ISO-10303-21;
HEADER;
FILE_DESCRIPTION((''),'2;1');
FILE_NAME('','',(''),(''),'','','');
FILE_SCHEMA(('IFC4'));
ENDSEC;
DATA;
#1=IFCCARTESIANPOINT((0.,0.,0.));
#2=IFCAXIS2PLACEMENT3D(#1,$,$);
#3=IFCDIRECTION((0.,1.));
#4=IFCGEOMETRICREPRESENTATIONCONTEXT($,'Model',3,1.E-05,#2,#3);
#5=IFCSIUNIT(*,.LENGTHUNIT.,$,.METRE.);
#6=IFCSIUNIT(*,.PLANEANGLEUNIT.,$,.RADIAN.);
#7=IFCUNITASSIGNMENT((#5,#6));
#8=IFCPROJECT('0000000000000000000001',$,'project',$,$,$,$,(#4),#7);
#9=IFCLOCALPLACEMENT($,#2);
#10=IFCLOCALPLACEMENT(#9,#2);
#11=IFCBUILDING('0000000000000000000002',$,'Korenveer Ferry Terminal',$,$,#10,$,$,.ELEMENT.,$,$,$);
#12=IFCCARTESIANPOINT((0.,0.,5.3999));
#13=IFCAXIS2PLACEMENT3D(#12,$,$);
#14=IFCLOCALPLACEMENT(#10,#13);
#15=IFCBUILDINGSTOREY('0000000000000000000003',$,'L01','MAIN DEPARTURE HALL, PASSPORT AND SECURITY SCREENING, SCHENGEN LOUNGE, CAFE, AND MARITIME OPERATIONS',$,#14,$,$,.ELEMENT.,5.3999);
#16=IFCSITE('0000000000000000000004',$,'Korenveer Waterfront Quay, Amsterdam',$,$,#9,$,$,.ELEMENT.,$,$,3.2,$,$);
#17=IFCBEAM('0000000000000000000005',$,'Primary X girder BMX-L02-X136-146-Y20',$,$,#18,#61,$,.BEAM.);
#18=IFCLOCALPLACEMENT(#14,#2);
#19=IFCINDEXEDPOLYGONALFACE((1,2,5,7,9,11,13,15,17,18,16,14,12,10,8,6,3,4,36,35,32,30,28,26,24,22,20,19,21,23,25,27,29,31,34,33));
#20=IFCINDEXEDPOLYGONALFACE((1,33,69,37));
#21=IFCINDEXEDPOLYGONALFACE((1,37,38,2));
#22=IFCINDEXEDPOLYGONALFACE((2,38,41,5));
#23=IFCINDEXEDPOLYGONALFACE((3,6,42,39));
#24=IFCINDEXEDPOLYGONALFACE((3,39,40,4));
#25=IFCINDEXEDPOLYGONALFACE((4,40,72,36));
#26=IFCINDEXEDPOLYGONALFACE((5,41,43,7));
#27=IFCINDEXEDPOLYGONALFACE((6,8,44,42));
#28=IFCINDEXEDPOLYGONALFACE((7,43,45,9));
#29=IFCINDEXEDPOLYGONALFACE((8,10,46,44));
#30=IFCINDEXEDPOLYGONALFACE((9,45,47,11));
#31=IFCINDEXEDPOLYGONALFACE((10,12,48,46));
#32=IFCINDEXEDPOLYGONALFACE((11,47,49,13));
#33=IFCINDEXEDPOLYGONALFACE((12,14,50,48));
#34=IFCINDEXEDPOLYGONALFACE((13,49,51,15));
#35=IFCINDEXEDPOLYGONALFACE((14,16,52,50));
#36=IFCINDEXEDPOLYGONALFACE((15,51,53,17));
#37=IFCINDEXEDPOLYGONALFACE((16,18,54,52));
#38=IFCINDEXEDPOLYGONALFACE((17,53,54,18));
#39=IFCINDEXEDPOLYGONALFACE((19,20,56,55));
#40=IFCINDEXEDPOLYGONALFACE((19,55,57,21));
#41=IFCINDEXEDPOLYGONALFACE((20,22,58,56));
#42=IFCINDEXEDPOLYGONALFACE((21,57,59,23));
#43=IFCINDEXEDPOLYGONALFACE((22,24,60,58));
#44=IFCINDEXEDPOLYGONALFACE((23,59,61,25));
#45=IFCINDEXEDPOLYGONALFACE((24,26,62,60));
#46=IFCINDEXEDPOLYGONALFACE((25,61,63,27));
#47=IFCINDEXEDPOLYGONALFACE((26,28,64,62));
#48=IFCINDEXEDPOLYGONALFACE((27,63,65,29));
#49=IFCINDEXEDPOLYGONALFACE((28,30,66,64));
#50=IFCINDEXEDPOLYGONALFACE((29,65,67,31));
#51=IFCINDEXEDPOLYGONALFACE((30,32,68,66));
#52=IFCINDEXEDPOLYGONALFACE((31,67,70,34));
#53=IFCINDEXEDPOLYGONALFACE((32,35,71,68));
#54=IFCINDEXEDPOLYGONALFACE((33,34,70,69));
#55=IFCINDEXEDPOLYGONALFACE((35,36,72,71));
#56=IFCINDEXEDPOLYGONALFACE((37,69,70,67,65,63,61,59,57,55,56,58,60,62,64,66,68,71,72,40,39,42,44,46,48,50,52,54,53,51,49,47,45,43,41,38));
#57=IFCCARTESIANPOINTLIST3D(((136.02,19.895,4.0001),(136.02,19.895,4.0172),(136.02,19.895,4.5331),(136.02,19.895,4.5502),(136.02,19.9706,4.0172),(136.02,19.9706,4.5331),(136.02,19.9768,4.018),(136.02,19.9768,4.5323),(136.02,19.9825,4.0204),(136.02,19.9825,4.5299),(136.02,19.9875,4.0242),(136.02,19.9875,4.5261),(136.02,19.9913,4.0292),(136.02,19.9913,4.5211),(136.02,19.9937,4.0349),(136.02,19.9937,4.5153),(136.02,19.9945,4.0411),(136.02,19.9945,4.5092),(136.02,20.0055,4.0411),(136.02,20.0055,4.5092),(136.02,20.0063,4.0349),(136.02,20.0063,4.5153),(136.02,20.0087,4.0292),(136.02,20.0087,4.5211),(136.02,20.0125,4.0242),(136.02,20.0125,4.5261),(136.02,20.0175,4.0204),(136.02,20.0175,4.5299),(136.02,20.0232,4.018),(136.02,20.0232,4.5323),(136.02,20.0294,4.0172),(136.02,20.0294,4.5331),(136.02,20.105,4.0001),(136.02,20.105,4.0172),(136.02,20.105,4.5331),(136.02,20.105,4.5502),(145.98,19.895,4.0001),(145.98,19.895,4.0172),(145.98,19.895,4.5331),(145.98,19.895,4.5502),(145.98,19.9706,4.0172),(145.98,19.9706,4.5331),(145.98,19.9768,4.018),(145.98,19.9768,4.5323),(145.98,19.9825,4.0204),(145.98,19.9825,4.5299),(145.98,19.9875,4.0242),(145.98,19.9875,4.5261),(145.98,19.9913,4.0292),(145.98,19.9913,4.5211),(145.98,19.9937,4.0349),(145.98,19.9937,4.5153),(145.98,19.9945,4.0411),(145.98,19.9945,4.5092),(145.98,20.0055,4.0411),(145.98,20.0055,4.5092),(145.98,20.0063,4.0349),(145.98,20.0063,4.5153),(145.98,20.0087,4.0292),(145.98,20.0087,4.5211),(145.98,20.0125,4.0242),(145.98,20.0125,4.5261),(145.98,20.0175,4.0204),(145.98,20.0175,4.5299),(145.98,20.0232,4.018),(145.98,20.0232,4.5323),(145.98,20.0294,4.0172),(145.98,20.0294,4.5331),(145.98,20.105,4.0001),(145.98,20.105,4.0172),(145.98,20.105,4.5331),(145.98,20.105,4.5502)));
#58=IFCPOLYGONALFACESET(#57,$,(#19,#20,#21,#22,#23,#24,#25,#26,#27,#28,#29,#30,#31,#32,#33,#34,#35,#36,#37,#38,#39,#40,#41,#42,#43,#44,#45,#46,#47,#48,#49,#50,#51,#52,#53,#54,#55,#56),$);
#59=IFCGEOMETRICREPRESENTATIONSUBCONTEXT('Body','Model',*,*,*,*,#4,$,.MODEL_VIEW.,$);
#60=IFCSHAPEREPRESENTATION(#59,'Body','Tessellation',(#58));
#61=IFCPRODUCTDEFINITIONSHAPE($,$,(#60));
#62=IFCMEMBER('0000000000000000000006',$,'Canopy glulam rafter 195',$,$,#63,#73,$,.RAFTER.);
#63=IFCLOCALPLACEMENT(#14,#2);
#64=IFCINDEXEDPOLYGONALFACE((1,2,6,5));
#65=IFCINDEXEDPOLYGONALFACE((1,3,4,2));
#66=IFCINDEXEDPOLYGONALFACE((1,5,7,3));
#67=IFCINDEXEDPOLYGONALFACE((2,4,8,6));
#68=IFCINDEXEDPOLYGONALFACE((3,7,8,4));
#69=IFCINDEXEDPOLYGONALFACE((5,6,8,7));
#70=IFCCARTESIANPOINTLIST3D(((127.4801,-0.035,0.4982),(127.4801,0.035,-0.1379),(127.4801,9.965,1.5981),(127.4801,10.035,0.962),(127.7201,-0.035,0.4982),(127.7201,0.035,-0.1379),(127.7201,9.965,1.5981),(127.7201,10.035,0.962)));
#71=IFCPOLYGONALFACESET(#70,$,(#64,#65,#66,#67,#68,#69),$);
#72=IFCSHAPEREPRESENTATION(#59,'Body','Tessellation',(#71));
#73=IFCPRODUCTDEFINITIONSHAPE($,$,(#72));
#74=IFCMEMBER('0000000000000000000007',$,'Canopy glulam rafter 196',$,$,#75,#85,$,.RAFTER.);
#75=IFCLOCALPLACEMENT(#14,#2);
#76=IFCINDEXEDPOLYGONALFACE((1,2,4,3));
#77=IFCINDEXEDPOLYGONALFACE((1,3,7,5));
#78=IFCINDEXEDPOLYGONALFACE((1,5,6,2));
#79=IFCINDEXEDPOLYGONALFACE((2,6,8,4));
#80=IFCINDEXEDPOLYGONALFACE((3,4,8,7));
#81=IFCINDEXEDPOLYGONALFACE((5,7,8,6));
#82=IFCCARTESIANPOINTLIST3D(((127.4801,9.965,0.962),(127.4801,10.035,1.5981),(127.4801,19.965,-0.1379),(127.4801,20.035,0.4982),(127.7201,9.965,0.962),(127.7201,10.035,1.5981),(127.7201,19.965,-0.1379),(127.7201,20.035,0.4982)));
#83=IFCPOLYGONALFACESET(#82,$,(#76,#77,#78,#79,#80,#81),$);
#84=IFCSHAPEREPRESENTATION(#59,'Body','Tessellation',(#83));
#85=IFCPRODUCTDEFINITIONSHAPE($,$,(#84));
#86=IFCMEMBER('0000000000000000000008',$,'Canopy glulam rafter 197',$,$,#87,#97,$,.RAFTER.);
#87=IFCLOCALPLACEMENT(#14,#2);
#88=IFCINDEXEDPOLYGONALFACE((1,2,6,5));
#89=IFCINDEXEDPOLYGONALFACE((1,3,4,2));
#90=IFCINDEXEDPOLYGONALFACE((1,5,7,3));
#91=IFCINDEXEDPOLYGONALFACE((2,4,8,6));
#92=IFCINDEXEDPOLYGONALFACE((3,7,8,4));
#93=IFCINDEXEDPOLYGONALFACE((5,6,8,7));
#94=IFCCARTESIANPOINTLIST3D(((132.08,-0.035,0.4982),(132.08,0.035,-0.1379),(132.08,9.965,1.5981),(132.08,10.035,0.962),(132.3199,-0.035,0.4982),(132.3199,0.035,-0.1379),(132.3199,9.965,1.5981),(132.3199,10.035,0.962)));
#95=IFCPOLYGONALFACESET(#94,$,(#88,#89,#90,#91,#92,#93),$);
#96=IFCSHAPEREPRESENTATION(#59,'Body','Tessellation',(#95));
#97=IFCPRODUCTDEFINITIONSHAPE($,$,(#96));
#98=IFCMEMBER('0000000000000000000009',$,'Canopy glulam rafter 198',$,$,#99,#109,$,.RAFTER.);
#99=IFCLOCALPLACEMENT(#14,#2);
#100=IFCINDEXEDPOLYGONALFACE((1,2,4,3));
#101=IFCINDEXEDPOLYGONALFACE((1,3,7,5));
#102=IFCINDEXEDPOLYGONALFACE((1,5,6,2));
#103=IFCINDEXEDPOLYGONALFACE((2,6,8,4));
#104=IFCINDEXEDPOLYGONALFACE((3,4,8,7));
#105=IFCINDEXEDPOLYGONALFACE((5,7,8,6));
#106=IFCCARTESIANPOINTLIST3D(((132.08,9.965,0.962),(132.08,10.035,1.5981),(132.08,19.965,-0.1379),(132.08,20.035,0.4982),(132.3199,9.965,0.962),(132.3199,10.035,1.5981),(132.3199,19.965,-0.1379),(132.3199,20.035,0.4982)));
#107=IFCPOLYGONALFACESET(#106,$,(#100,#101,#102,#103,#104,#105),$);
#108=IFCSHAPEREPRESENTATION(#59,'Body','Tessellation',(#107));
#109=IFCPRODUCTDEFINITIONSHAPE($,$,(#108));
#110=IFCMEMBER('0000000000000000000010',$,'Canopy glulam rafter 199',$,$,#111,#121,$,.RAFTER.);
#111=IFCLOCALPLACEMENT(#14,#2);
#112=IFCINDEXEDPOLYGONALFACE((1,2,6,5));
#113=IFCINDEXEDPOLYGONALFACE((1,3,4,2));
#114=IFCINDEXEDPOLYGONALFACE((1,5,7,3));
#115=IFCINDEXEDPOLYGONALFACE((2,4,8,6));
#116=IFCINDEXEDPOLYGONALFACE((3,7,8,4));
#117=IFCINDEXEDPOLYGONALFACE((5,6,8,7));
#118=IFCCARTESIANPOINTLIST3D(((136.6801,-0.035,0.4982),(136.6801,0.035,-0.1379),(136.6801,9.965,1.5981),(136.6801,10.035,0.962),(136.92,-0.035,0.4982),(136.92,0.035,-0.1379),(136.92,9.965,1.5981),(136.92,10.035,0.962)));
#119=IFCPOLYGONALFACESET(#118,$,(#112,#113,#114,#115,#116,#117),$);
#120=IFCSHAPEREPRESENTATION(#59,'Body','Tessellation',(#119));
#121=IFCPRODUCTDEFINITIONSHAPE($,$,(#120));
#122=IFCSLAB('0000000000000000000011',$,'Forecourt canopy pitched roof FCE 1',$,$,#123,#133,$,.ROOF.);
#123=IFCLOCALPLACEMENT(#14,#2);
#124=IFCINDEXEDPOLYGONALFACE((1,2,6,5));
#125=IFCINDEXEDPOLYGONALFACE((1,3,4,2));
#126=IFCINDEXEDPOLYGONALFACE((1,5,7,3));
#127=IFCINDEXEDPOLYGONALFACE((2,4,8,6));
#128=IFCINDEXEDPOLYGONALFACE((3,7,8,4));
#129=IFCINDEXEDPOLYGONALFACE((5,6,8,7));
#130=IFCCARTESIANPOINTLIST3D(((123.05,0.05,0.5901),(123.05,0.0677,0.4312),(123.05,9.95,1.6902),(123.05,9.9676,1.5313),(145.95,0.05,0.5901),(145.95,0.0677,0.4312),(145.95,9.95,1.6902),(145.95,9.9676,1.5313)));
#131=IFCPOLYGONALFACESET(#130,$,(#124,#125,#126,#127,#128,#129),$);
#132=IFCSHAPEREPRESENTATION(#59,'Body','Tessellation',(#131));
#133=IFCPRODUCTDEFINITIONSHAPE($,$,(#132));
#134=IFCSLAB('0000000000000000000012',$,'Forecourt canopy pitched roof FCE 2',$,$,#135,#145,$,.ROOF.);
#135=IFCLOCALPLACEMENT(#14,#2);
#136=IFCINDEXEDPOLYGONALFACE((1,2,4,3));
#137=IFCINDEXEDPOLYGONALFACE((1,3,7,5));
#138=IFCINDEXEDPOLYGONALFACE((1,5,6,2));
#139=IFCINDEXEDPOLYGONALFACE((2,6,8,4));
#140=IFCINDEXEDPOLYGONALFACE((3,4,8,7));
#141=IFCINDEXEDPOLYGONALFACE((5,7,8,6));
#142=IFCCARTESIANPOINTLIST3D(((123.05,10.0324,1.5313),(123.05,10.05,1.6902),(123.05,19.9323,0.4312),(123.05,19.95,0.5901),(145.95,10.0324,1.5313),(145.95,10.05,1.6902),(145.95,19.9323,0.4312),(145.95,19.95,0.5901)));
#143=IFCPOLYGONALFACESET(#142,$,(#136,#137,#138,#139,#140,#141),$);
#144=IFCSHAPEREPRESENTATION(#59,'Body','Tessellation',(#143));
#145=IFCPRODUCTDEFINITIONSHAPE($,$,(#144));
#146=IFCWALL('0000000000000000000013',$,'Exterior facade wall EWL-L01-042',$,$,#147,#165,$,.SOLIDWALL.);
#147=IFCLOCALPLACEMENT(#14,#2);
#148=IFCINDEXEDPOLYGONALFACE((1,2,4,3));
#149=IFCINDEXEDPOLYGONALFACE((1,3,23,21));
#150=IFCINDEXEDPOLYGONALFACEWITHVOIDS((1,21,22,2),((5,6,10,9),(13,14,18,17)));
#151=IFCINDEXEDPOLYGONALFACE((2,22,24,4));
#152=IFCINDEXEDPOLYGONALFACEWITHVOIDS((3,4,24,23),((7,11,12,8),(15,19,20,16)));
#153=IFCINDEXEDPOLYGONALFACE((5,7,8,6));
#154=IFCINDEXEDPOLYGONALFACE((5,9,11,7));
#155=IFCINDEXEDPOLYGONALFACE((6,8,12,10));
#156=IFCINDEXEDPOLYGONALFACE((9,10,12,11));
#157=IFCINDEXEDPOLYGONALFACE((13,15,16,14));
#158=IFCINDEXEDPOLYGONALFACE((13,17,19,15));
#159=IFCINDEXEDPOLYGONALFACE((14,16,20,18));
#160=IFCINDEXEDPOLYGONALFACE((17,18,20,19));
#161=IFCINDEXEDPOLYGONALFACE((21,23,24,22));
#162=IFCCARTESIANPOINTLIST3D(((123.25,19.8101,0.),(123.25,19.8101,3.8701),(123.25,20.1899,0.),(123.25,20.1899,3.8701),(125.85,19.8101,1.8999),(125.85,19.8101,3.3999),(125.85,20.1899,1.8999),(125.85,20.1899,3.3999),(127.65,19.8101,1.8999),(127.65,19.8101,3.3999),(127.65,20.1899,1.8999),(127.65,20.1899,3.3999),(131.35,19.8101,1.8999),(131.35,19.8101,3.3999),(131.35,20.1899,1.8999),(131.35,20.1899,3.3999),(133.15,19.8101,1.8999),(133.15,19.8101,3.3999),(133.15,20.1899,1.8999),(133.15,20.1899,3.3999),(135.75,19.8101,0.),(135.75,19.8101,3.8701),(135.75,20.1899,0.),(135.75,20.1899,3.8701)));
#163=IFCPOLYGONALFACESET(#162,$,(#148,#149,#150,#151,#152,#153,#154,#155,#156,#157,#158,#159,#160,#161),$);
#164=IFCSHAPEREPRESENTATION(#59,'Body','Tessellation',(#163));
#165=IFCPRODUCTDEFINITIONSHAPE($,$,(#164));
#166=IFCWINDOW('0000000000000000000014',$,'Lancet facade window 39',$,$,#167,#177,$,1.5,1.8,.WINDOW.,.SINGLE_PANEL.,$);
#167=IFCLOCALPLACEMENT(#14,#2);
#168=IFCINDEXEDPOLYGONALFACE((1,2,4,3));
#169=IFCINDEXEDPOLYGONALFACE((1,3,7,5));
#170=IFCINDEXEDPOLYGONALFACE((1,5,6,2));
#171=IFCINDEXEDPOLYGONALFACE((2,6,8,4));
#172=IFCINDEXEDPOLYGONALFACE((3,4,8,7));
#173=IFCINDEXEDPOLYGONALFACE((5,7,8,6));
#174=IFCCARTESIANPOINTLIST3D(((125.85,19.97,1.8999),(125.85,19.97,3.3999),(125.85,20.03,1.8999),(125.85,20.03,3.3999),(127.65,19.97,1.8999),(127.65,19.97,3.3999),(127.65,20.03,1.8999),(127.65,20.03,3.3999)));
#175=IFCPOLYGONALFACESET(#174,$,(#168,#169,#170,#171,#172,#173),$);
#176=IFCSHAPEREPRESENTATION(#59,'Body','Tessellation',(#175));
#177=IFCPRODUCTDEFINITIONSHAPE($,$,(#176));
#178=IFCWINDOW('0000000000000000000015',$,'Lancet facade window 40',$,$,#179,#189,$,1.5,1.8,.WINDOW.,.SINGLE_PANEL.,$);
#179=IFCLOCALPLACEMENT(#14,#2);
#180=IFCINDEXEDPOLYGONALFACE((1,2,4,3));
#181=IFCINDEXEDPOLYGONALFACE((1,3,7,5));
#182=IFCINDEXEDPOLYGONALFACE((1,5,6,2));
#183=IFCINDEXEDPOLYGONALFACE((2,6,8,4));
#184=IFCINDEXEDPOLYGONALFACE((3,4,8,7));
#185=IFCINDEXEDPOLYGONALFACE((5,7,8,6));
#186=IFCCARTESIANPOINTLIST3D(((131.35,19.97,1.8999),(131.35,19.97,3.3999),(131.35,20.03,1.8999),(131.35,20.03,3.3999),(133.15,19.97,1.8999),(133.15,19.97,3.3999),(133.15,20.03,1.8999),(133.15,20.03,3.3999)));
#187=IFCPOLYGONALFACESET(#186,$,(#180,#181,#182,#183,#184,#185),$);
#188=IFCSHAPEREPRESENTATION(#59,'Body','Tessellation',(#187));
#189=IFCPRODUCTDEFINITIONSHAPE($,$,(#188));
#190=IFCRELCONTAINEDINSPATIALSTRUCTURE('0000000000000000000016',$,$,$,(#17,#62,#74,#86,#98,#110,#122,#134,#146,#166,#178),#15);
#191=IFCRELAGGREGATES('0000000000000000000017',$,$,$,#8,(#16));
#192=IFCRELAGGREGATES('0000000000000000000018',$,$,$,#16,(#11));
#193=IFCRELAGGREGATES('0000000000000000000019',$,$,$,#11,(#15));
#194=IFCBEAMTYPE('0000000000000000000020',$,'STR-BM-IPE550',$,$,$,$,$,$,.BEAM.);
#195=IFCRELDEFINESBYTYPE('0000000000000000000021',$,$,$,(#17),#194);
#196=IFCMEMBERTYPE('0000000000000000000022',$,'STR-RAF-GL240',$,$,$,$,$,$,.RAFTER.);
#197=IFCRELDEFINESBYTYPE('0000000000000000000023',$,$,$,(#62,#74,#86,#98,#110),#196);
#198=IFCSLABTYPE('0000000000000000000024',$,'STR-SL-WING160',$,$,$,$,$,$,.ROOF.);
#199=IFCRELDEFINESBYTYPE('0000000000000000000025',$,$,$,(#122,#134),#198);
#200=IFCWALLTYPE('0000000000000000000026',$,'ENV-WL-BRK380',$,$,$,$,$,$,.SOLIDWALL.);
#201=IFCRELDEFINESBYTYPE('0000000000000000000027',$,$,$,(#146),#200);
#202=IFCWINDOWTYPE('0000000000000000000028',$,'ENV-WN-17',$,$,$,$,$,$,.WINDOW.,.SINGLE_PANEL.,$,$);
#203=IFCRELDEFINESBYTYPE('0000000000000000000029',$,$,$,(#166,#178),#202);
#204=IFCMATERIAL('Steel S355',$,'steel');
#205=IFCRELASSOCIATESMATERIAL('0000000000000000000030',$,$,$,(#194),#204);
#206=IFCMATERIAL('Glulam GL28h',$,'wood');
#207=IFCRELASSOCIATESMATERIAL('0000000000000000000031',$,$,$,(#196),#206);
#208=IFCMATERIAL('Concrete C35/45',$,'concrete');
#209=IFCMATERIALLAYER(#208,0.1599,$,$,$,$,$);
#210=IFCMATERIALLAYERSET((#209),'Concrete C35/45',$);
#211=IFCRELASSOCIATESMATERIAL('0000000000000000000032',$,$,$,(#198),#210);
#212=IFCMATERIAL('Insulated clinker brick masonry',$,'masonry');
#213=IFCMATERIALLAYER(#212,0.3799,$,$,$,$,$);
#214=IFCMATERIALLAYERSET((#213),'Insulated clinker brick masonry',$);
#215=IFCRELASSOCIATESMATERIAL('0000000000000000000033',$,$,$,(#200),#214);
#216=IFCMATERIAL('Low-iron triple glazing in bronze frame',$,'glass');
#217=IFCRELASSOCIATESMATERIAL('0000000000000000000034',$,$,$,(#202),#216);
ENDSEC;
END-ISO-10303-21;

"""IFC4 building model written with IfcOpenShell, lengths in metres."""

from ifc_helpers import new_model, si_unit, direction, frame, frame_2d, origin, origin_2d, place, context, subcontext, project, spatial, polyline, rectangle, i_section, outline, extrude, material, layer, layer_set, material_profile, profile_set, type_object, element, fill, save


model = new_model("IFC4")

# Units and contexts
model_context = context("Model", 3, precision=1e-05, world=origin(), true_north=direction((0.0, 1.0)))
body_context = subcontext(model_context, "Body", "Model", "MODEL_VIEW")
ifc_project = project(units=[si_unit("LENGTHUNIT", "METRE"), si_unit("PLANEANGLEUNIT", "RADIAN")], contexts=[model_context])

# Site, building, storey
site_placement = place(None, origin())
site = spatial("IfcSite", under=ifc_project, at=site_placement, Name="Korenveer Waterfront Quay, Amsterdam", CompositionType="ELEMENT", RefElevation=3.2)
building_placement = place(site_placement, origin())
building = spatial("IfcBuilding", under=site, at=building_placement, Name="Korenveer Ferry Terminal", CompositionType="ELEMENT")
storey_placement = place(building_placement, frame((0.0, 0.0, 5.3999)))
storey = spatial("IfcBuildingStorey", under=building, at=storey_placement, Name="L01", Description="MAIN DEPARTURE HALL, PASSPORT AND SECURITY SCREENING, SCHENGEN LOUNGE, CAFE, AND MARITIME OPERATIONS", CompositionType="ELEMENT", Elevation=5.3999)

# Beam
ifc_material_1 = material(Name="Steel S355", Category="steel")
ifc_material_profile_1 = material_profile(ifc_material_1, i_section(OverallWidth=0.21, OverallDepth=0.55, WebThickness=0.011, FlangeThickness=0.0171, FilletRadius=0.0239, at=origin_2d()), Name="IPE 550")
ifc_profile_set_1 = profile_set([ifc_material_profile_1], Name="Steel S355")
beam_type_1 = type_object("IfcBeamType", Name="STR-BM-IPE550", PredefinedType="BEAM", material=ifc_profile_set_1)
beam_placement = place(storey_placement, frame((136.02, 20.0, 4.2751), z_axis=(1.0, 0.0, 0.0), x_axis=(0.0, 1.0, 0.0)))
element("IfcBeam", 1, at=beam_placement, inside=storey, type_object=beam_type_1, Name="Primary X girder BMX-L02-X136-146-Y20", PredefinedType="BEAM", context=body_context, shape_type="SweptSolid", body=[
    extrude(i_section(OverallWidth=0.21, OverallDepth=0.55, WebThickness=0.011, FlangeThickness=0.0171, FilletRadius=0.0239, at=origin_2d()), origin(), (0.0, 0.0, 1.0), 9.96),
])

# Members
ifc_material_2 = material(Name="Glulam GL28h", Category="wood")
ifc_material_profile_2 = material_profile(ifc_material_2, rectangle(XDim=0.24, YDim=0.6399, at=origin_2d()), Name="GL 240x640")
ifc_profile_set_2 = profile_set([ifc_material_profile_2], Name="Glulam GL28h")
member_type_1 = type_object("IfcMemberType", Name="STR-RAF-GL240", PredefinedType="RAFTER", material=ifc_profile_set_2)
for number, where, z_axis, x_axis, name in (
    (2, (127.6001, 0.0, 0.1802), (0.0, 0.994006, 0.109326), (-1.0, 0.0, 0.0), "Canopy glulam rafter 195"),
    (3, (127.6001, 10.0, 1.28), (0.0, 0.994006, -0.109326), (-1.0, 0.0, 0.0), "Canopy glulam rafter 196"),
    (4, (132.2, 0.0, 0.1802), (0.0, 0.994006, 0.109326), (-1.0, 0.0, 0.0), "Canopy glulam rafter 197"),
    (5, (132.2, 10.0, 1.28), (0.0, 0.994006, -0.109326), (-1.0, 0.0, 0.0), "Canopy glulam rafter 198"),
    (6, (136.8, 0.0, 0.1802), (0.0, 0.994006, 0.109326), (-1.0, 0.0, 0.0), "Canopy glulam rafter 199"),
):
    element("IfcMember", number, at=place(storey_placement, frame(where, z_axis=z_axis, x_axis=x_axis)), inside=storey, type_object=member_type_1, Name=name, PredefinedType="RAFTER", context=body_context, shape_type="SweptSolid", body=[
        extrude(rectangle(XDim=0.24, YDim=0.6399, at=origin_2d()), origin(), (0.0, 0.0, 1.0), 10.0603),
    ])

# Slabs
ifc_material_3 = material(Name="Concrete C35/45", Category="concrete")
ifc_layer_1 = layer(ifc_material_3, 0.1599)
ifc_layer_set_1 = layer_set([ifc_layer_1], Name="Concrete C35/45")
slab_type = type_object("IfcSlabType", Name="STR-SL-WING160", PredefinedType="ROOF", material=ifc_layer_set_1)
for number, where, z_axis, x_axis, name in (
    (7, (123.05, 0.05, 0.5901), (0.0, -0.110442, 0.993883), (1.0, 0.0, 0.0), "Forecourt canopy pitched roof FCE 1"),
    (8, (123.05, 10.05, 1.6902), (0.0, 0.110442, 0.993883), (1.0, 0.0, 0.0), "Forecourt canopy pitched roof FCE 2"),
):
    element("IfcSlab", number, at=place(storey_placement, frame(where, z_axis=z_axis, x_axis=x_axis)), inside=storey, type_object=slab_type, Name=name, PredefinedType="ROOF", context=body_context, shape_type="SweptSolid", body=[
        extrude(outline(polyline([(0.0, 0.0), (22.8999, 0.0), (22.8999, 9.9608), (0.0, 9.9608), (0.0, 0.0)])), origin(), (0.0, 0.0, -1.0), 0.1599),
    ])

# Wall, openings, windows
ifc_material_4 = material(Name="Insulated clinker brick masonry", Category="masonry")
ifc_layer_2 = layer(ifc_material_4, 0.3799)
ifc_layer_set_2 = layer_set([ifc_layer_2], Name="Insulated clinker brick masonry")
wall_type = type_object("IfcWallType", Name="ENV-WL-BRK380", PredefinedType="SOLIDWALL", material=ifc_layer_set_2)
wall_placement = place(storey_placement, frame((123.25, 20.0, 0.0), z_axis=(0.0, 0.0, 1.0), x_axis=(1.0, 0.0, 0.0)))
wall = element("IfcWall", 9, at=wall_placement, inside=storey, type_object=wall_type, Name="Exterior facade wall EWL-L01-042", PredefinedType="SOLIDWALL", context=body_context, shape_type="SweptSolid", body=[
    extrude(rectangle(XDim=12.5, YDim=0.3799, at=frame_2d((6.25, 0.0))), origin(), (0.0, 0.0, 1.0), 3.8701),
])
opening_1_placement = place(wall_placement, frame((2.6001, 0.0, 1.8999)))
opening_1 = element("IfcOpeningElement", 10, at=opening_1_placement, cuts=wall, PredefinedType="OPENING", context=body_context, shape_type="SweptSolid", body=[
    extrude(rectangle(XDim=1.8, YDim=1.5, at=frame_2d((0.8999, 0.75))), frame((0.0, 0.2, 0.0), z_axis=(0.0, -1.0, 0.0), x_axis=(1.0, 0.0, 0.0)), (0.0, 0.0, 1.0), 0.3999),
])
opening_2_placement = place(wall_placement, frame((8.1001, 0.0, 1.8999)))
opening_2 = element("IfcOpeningElement", 11, at=opening_2_placement, cuts=wall, PredefinedType="OPENING", context=body_context, shape_type="SweptSolid", body=[
    extrude(rectangle(XDim=1.8, YDim=1.5, at=frame_2d((0.8999, 0.75))), frame((0.0, 0.2, 0.0), z_axis=(0.0, -1.0, 0.0), x_axis=(1.0, 0.0, 0.0)), (0.0, 0.0, 1.0), 0.3999),
])
ifc_material_5 = material(Name="Low-iron triple glazing in bronze frame", Category="glass")
window_type = type_object("IfcWindowType", Name="ENV-WN-17", PartitioningType="SINGLE_PANEL", PredefinedType="WINDOW", material=ifc_material_5)
window_1_placement = place(opening_1_placement, origin())
window_1 = element("IfcWindow", 12, at=window_1_placement, inside=storey, type_object=window_type, Name="Lancet facade window 39", OverallHeight=1.5, OverallWidth=1.8, PartitioningType="SINGLE_PANEL", PredefinedType="WINDOW", context=body_context, shape_type="SweptSolid", body=[
    extrude(rectangle(XDim=1.8, YDim=1.5, at=frame_2d((0.8999, 0.75))), frame((0.0, 0.03, 0.0), z_axis=(0.0, -1.0, 0.0), x_axis=(1.0, 0.0, 0.0)), (0.0, 0.0, 1.0), 0.0601),
])
fill(opening_1, window_1)
window_2_placement = place(opening_2_placement, origin())
window_2 = element("IfcWindow", 13, at=window_2_placement, inside=storey, type_object=window_type, Name="Lancet facade window 40", OverallHeight=1.5, OverallWidth=1.8, PartitioningType="SINGLE_PANEL", PredefinedType="WINDOW", context=body_context, shape_type="SweptSolid", body=[
    extrude(rectangle(XDim=1.8, YDim=1.5, at=frame_2d((0.8999, 0.75))), frame((0.0, 0.03, 0.0), z_axis=(0.0, -1.0, 0.0), x_axis=(1.0, 0.0, 0.0)), (0.0, 0.0, 1.0), 0.0601),
])
fill(opening_2, window_2)

save(model, "model.ifc")
